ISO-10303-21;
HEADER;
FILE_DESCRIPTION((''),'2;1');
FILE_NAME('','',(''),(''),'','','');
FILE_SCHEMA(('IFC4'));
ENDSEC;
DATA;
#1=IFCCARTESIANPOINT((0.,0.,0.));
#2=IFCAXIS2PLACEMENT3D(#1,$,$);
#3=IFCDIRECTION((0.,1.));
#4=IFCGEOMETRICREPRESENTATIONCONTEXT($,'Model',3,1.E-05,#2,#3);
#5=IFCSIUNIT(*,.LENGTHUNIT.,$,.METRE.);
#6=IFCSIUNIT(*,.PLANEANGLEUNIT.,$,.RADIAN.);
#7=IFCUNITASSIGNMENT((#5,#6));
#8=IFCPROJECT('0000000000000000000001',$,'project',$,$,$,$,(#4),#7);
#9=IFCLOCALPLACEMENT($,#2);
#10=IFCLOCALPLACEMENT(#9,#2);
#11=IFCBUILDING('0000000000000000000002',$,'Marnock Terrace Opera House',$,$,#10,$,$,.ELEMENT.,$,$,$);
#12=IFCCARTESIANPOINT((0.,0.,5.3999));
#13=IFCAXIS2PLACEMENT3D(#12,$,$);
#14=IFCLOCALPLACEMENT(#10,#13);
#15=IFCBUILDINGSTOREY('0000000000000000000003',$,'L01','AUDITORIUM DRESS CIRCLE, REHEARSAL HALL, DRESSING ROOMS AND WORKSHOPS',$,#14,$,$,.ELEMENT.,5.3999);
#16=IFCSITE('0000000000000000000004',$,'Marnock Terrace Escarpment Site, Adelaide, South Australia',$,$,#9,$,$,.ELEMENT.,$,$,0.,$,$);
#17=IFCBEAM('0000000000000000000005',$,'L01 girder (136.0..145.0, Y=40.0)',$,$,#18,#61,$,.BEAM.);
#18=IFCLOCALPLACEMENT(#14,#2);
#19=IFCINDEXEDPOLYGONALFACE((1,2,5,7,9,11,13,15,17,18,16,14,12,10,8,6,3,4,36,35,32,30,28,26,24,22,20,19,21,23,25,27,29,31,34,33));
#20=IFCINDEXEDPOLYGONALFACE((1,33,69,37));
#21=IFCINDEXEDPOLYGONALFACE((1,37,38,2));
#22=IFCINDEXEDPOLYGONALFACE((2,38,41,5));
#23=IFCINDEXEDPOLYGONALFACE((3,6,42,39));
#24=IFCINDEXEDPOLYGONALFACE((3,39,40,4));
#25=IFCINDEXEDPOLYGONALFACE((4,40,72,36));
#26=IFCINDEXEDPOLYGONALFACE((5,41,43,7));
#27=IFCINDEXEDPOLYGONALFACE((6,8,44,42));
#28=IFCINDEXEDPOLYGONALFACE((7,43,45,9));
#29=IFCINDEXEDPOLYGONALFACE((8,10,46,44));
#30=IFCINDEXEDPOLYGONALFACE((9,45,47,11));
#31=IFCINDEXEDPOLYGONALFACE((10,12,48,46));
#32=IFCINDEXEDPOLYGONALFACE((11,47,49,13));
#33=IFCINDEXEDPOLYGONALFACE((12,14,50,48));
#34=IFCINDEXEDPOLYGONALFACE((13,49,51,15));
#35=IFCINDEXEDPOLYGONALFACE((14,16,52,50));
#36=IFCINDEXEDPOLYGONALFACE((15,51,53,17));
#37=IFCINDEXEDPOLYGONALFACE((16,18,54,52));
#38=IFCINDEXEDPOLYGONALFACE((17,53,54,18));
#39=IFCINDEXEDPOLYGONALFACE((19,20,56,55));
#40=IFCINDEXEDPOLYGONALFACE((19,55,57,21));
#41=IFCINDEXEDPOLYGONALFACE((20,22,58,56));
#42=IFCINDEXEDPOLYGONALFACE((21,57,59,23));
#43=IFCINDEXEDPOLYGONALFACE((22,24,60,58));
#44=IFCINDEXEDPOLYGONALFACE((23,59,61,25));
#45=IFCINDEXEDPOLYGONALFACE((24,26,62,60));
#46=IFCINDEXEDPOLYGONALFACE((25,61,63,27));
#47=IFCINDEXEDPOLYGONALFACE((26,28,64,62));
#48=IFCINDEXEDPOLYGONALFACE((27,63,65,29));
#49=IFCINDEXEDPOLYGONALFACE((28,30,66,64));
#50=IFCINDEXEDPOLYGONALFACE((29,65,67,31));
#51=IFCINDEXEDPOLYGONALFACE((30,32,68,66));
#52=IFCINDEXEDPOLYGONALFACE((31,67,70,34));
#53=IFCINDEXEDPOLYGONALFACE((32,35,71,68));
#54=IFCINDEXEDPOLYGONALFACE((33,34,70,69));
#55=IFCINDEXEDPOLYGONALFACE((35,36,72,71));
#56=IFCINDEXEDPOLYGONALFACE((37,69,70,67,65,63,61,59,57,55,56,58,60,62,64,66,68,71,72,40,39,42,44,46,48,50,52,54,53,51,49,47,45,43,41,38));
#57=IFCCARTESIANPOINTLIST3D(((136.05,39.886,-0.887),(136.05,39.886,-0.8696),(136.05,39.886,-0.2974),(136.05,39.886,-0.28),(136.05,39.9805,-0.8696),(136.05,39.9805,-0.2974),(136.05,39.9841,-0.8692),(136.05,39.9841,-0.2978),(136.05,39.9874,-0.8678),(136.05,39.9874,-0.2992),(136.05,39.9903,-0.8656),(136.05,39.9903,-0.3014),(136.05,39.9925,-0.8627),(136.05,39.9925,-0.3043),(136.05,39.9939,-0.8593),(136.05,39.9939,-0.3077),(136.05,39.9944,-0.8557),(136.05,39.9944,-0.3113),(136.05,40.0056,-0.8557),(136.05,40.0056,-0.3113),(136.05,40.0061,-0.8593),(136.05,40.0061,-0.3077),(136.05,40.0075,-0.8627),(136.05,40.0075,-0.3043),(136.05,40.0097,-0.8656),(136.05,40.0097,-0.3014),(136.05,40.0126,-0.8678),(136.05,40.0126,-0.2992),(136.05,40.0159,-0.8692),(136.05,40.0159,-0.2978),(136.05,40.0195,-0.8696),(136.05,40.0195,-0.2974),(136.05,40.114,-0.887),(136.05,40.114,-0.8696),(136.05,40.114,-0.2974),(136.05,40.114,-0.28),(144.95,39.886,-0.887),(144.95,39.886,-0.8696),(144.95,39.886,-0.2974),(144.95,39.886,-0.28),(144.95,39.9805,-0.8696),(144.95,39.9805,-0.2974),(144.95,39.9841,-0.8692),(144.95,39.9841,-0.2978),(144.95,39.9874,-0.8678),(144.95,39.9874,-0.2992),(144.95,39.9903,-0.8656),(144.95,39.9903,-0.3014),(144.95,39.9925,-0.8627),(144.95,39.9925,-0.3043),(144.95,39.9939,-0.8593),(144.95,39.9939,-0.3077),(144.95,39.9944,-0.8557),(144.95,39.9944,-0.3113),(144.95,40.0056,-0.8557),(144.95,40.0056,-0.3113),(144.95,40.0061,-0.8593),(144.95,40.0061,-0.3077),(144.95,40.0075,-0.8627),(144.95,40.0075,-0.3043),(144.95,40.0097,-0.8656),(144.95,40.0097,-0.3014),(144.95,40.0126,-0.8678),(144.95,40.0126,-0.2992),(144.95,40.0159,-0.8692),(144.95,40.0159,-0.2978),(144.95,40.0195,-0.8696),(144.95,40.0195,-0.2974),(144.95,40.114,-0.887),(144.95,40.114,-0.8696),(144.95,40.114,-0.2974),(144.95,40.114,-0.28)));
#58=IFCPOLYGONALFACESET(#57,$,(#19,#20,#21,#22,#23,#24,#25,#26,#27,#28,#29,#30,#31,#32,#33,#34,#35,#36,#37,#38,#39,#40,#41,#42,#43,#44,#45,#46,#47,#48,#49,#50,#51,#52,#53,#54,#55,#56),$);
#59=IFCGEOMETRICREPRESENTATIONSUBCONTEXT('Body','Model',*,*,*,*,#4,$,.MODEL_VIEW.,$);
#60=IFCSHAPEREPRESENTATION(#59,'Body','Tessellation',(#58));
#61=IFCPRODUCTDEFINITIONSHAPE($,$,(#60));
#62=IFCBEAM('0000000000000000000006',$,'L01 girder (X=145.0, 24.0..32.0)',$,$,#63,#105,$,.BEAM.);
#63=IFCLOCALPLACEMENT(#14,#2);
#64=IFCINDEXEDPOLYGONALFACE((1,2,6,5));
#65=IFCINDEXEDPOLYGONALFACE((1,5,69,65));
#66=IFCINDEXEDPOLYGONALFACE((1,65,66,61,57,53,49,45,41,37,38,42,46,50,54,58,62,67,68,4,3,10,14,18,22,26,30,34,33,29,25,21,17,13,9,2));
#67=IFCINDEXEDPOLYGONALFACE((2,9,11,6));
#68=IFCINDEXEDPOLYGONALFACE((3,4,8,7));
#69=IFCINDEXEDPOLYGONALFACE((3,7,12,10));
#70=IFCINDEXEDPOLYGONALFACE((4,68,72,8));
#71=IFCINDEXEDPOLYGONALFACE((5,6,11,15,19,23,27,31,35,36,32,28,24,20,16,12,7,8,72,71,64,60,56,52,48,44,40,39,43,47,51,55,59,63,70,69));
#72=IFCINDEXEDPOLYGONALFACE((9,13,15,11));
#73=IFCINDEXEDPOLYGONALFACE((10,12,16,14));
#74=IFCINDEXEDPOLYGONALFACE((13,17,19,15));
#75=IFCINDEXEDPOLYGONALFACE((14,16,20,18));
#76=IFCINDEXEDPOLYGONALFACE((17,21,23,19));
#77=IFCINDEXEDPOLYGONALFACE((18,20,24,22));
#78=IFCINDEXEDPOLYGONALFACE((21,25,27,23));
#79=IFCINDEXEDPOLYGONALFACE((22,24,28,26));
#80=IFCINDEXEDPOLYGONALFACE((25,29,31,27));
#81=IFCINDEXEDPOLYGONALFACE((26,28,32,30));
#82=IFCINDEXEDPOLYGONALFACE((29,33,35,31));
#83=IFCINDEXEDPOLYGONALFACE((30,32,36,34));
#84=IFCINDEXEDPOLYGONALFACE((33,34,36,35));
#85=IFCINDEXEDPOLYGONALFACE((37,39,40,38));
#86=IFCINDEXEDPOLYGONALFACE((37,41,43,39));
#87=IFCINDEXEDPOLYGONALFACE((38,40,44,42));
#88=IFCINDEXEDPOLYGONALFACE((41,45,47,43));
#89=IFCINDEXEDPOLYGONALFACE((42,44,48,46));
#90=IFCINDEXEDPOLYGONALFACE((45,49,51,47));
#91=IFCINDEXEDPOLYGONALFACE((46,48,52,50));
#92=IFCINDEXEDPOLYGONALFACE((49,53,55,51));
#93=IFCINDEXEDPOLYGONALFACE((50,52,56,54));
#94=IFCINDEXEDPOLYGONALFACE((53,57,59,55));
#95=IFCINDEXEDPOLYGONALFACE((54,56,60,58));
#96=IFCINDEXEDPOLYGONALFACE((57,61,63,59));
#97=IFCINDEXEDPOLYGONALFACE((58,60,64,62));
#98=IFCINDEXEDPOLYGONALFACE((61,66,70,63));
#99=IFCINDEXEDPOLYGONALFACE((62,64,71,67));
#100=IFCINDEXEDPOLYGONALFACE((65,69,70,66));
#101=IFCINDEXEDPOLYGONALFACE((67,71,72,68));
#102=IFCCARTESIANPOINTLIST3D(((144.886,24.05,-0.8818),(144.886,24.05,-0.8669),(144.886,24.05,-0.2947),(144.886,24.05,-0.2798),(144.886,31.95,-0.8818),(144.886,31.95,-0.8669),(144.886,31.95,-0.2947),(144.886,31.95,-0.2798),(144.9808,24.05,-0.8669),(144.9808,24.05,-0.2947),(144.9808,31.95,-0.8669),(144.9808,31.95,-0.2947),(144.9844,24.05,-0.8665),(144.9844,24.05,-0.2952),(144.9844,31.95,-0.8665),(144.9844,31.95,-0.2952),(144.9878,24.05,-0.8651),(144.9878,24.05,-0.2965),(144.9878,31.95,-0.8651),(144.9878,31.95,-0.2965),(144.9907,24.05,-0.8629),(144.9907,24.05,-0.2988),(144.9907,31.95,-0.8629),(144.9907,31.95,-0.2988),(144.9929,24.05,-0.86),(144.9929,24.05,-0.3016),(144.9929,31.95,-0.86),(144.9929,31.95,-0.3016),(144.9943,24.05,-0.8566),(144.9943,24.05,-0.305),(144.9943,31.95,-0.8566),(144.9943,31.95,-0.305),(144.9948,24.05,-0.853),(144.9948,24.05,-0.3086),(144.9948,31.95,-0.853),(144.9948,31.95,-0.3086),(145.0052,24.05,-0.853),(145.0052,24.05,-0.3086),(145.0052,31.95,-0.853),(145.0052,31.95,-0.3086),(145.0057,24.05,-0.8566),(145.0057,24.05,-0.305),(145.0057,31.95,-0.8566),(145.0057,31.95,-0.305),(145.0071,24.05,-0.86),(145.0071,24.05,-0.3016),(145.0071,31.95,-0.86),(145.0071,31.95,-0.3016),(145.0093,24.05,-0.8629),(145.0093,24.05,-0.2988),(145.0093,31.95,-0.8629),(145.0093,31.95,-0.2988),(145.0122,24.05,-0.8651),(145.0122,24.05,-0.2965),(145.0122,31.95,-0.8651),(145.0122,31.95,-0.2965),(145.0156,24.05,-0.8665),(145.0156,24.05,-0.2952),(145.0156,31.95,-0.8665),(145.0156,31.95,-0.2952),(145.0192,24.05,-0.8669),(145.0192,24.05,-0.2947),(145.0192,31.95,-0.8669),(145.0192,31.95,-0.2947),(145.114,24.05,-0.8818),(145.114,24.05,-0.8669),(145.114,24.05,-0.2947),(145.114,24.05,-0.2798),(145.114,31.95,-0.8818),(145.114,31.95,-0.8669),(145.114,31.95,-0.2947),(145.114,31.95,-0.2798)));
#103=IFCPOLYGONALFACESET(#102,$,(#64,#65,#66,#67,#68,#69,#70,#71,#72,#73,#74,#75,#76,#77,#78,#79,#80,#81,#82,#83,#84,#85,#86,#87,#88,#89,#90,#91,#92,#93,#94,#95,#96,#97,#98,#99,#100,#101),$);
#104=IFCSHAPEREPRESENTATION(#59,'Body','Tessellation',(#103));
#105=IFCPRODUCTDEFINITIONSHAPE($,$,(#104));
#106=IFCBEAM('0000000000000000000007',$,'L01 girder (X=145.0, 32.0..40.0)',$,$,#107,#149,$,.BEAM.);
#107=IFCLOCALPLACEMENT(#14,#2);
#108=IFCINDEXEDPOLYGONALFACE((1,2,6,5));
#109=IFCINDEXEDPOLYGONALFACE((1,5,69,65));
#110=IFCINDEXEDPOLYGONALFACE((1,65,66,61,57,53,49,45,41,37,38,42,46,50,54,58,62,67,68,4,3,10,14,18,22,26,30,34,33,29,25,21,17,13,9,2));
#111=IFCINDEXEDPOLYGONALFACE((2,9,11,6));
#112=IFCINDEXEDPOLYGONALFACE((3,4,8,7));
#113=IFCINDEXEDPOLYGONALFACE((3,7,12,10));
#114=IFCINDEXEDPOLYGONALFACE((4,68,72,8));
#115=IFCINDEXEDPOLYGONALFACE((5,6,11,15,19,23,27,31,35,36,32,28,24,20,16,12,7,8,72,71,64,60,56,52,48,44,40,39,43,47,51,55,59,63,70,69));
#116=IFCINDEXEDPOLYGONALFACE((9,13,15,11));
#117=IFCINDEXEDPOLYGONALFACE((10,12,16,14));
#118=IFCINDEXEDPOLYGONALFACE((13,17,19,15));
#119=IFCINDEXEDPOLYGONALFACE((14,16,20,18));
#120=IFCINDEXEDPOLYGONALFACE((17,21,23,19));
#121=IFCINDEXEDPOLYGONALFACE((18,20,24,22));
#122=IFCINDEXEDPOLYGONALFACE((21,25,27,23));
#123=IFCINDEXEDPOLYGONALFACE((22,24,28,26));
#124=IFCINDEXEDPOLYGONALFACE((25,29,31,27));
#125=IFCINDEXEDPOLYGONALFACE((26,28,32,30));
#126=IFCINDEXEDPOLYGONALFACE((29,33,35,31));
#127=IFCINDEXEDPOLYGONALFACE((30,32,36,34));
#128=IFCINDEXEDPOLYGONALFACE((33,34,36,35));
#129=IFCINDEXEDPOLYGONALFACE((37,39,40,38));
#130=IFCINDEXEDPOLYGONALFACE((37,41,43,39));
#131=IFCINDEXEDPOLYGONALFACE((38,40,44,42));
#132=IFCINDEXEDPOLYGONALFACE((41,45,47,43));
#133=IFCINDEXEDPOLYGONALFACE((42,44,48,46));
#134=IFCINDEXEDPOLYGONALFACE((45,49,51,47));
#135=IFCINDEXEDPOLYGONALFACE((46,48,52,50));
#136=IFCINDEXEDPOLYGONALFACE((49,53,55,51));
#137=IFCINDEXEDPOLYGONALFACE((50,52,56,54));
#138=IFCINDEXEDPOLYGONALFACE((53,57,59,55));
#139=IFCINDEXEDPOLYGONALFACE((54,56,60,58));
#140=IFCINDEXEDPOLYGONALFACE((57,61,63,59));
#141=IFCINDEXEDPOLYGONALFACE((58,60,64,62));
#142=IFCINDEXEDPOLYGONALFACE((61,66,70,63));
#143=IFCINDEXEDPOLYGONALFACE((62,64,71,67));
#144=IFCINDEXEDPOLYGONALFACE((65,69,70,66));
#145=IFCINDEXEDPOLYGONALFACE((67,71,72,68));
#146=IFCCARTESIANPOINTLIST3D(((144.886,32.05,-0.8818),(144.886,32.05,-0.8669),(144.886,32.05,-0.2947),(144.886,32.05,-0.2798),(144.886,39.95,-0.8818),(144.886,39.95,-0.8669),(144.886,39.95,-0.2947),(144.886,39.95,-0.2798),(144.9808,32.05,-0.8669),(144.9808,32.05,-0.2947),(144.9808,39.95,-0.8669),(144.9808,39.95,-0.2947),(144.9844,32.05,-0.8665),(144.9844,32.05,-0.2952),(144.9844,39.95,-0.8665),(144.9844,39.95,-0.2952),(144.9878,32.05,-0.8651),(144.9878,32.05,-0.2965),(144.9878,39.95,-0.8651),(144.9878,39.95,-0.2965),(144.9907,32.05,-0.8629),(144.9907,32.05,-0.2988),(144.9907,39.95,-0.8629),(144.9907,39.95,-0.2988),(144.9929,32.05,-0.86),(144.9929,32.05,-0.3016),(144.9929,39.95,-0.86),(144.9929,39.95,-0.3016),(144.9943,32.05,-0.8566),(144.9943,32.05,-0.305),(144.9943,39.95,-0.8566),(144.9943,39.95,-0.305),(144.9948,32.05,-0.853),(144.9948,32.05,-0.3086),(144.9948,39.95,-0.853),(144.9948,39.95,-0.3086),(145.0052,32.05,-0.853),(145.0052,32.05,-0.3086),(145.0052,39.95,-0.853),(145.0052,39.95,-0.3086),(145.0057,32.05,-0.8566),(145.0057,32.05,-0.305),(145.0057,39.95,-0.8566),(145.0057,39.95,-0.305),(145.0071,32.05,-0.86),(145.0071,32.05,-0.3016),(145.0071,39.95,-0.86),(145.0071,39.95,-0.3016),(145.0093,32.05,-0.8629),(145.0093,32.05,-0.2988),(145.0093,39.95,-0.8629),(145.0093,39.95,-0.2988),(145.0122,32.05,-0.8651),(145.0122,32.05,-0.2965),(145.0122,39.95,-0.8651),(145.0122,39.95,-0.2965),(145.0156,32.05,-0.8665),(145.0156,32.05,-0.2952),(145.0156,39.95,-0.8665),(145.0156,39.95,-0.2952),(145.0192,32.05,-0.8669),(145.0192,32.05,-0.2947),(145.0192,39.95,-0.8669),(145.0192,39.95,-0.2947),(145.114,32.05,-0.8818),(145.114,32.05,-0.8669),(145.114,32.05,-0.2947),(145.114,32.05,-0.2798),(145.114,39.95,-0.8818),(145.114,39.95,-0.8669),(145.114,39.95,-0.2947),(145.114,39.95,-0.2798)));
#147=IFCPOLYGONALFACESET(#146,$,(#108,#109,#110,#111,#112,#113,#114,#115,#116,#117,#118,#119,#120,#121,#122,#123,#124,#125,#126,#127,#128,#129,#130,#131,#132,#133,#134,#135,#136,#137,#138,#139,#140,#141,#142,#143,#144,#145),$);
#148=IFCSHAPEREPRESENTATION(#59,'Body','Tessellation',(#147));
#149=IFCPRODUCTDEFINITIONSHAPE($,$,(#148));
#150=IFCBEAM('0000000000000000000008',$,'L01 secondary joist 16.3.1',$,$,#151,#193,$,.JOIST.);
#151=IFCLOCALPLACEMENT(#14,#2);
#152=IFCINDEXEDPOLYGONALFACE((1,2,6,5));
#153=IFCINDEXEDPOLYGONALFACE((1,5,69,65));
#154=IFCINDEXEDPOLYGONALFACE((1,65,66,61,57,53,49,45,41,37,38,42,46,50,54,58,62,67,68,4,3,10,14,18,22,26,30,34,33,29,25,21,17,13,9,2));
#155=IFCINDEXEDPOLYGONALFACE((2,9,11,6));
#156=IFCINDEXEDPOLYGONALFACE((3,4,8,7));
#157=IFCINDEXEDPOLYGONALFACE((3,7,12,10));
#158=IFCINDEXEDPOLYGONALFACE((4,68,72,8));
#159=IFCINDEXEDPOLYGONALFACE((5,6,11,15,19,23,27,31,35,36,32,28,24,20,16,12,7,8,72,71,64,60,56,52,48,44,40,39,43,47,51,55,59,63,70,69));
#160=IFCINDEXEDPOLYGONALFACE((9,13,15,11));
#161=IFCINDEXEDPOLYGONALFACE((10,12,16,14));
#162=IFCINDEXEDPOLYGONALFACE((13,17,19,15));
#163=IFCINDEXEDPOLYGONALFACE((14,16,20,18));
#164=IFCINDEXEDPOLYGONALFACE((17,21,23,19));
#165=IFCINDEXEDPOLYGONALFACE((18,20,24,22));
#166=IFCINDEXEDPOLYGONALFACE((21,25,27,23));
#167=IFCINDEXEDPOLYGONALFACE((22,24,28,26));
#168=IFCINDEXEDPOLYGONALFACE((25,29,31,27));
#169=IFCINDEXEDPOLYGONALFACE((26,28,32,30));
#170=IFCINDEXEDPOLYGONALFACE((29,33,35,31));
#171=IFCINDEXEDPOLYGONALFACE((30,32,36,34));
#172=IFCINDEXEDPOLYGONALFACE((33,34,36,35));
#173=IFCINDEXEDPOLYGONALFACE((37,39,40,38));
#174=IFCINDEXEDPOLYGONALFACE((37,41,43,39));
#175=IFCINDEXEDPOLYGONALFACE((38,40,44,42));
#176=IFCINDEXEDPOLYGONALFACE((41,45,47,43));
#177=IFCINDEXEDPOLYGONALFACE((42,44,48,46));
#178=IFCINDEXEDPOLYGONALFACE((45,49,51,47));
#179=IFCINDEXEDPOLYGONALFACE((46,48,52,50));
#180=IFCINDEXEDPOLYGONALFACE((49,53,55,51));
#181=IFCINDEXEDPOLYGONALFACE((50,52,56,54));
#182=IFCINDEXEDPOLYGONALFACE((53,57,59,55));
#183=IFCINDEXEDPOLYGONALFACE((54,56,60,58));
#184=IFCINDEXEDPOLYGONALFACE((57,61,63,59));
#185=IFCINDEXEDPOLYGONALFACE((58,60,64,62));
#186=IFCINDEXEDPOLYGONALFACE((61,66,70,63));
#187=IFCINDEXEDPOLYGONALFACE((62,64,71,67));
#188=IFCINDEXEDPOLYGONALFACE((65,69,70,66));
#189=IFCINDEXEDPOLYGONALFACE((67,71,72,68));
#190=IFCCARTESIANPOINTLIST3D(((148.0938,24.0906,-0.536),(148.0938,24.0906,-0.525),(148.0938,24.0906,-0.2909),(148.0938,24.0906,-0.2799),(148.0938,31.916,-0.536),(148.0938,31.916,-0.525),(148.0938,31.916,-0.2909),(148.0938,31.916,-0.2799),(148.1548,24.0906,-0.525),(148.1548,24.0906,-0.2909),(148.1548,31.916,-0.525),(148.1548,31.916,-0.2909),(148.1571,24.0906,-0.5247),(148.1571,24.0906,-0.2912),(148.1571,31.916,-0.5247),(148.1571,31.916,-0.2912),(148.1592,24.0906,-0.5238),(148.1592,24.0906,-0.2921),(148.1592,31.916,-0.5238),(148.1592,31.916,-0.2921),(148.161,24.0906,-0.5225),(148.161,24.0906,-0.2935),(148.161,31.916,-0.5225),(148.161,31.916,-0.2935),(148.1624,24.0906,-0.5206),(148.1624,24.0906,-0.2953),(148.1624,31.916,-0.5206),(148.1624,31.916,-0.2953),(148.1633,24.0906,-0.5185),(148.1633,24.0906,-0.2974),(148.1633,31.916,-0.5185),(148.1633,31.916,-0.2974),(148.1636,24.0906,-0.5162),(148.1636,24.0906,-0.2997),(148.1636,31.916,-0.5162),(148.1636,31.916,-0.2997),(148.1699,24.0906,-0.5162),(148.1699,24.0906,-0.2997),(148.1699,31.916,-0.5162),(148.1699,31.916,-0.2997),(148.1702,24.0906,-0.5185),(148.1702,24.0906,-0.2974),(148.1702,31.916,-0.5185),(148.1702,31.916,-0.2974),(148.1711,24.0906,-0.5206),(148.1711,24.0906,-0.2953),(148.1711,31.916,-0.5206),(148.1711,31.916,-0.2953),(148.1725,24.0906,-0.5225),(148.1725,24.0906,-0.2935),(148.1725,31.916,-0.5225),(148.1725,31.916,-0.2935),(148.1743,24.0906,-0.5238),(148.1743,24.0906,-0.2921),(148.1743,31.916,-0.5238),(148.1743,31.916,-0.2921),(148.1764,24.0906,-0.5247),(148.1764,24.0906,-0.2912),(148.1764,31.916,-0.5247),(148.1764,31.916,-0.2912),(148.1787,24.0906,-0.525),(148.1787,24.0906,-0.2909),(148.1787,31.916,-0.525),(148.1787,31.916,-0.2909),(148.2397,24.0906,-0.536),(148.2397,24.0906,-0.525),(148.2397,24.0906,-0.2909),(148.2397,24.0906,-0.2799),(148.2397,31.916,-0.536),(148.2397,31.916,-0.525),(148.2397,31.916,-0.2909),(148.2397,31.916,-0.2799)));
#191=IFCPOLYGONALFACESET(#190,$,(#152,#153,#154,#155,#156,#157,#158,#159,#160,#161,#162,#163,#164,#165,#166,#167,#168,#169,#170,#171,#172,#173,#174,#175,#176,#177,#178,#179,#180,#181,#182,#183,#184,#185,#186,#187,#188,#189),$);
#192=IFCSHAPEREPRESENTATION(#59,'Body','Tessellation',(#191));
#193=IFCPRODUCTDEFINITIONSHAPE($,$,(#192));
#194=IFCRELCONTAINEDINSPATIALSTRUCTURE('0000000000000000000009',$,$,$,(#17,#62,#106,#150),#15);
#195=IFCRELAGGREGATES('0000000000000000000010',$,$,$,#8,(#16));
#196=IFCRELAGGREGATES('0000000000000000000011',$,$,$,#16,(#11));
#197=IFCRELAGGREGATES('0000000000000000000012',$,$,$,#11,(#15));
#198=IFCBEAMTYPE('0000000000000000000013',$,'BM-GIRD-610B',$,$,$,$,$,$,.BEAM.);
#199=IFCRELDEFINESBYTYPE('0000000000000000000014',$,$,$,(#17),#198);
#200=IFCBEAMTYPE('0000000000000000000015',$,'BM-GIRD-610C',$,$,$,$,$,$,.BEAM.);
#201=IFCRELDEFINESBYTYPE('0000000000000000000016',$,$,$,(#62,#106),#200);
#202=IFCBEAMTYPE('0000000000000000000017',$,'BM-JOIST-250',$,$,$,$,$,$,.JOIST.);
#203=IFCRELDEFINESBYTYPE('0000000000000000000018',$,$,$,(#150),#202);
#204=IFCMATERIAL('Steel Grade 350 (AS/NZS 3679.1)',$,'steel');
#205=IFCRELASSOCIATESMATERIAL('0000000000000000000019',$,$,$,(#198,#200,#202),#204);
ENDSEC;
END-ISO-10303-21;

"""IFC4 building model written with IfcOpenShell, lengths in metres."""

from ifc_helpers import new_model, si_unit, direction, frame, origin, origin_2d, place, context, subcontext, project, spatial, i_section, extrude, material, material_profile, profile_set, type_object, element, save


model = new_model("IFC4")

# Units and contexts
model_context = context("Model", 3, precision=1e-05, world=origin(), true_north=direction((0.0, 1.0)))
body_context = subcontext(model_context, "Body", "Model", "MODEL_VIEW")
ifc_project = project(units=[si_unit("LENGTHUNIT", "METRE"), si_unit("PLANEANGLEUNIT", "RADIAN")], contexts=[model_context])

# Site, building, storey
site_placement = place(None, origin())
site = spatial("IfcSite", under=ifc_project, at=site_placement, Name="Marnock Terrace Escarpment Site, Adelaide, South Australia", CompositionType="ELEMENT", RefElevation=0.0)
building_placement = place(site_placement, origin())
building = spatial("IfcBuilding", under=site, at=building_placement, Name="Marnock Terrace Opera House", CompositionType="ELEMENT")
storey_placement = place(building_placement, frame((0.0, 0.0, 5.3999)))
storey = spatial("IfcBuildingStorey", under=building, at=storey_placement, Name="L01", Description="AUDITORIUM DRESS CIRCLE, REHEARSAL HALL, DRESSING ROOMS AND WORKSHOPS", CompositionType="ELEMENT", Elevation=5.3999)

# Shared definitions
ifc_material_1 = material(Name="Steel Grade 350 (AS/NZS 3679.1)", Category="steel")

# Beams
ifc_material_profile_1 = material_profile(ifc_material_1, i_section(OverallWidth=0.228, OverallDepth=0.6069, WebThickness=0.0112, FlangeThickness=0.0173, FilletRadius=0.0139, at=origin_2d()))
ifc_profile_set_1 = profile_set([ifc_material_profile_1], Name="Steel Grade 350 (AS/NZS 3679.1)")
beam_type_1 = type_object("IfcBeamType", Name="BM-GIRD-610B", PredefinedType="BEAM", material=ifc_profile_set_1)
beam_1_placement = place(storey_placement, frame((136.05, 40.0, -0.5835), z_axis=(1.0, 0.0, 0.0), x_axis=(0.0, 1.0, 0.0)))
element("IfcBeam", 1, at=beam_1_placement, inside=storey, type_object=beam_type_1, Name="L01 girder (136.0..145.0, Y=40.0)", PredefinedType="BEAM", context=body_context, shape_type="SweptSolid", body=[
    extrude(i_section(OverallWidth=0.228, OverallDepth=0.6069, WebThickness=0.0112, FlangeThickness=0.0173, FilletRadius=0.0139, at=origin_2d()), origin(), (0.0, 0.0, 1.0), 8.8999),
])
ifc_material_profile_2 = material_profile(ifc_material_1, i_section(OverallWidth=0.228, OverallDepth=0.6021, WebThickness=0.0105, FlangeThickness=0.0149, FilletRadius=0.0139, at=origin_2d()))
ifc_profile_set_2 = profile_set([ifc_material_profile_2], Name="Steel Grade 350 (AS/NZS 3679.1)")
beam_type_2 = type_object("IfcBeamType", Name="BM-GIRD-610C", PredefinedType="BEAM", material=ifc_profile_set_2)
for number, where, z_axis, x_axis, name in (
    (2, (145.0, 24.05, -0.5808), (0.0, 1.0, 0.0), (-1.0, 0.0, 0.0), "L01 girder (X=145.0, 24.0..32.0)"),
    (3, (145.0, 32.05, -0.5808), (0.0, 1.0, 0.0), (-1.0, 0.0, 0.0), "L01 girder (X=145.0, 32.0..40.0)"),
):
    element("IfcBeam", number, at=place(storey_placement, frame(where, z_axis=z_axis, x_axis=x_axis)), inside=storey, type_object=beam_type_2, Name=name, PredefinedType="BEAM", context=body_context, shape_type="SweptSolid", body=[
        extrude(i_section(OverallWidth=0.228, OverallDepth=0.6021, WebThickness=0.0105, FlangeThickness=0.0149, FilletRadius=0.0139, at=origin_2d()), origin(), (0.0, 0.0, 1.0), 7.8999),
    ])
ifc_material_profile_3 = material_profile(ifc_material_1, i_section(OverallWidth=0.146, OverallDepth=0.2561, WebThickness=0.0063, FlangeThickness=0.011, FilletRadius=0.0088, at=origin_2d()))
ifc_profile_set_3 = profile_set([ifc_material_profile_3], Name="Steel Grade 350 (AS/NZS 3679.1)")
beam_type_3 = type_object("IfcBeamType", Name="BM-JOIST-250", PredefinedType="JOIST", material=ifc_profile_set_3)
beam_2_placement = place(storey_placement, frame((148.1667, 24.0906, -0.408), z_axis=(0.0, 1.0, 0.0), x_axis=(-1.0, 0.0, 0.0)))
element("IfcBeam", 4, at=beam_2_placement, inside=storey, type_object=beam_type_3, Name="L01 secondary joist 16.3.1", PredefinedType="JOIST", context=body_context, shape_type="SweptSolid", body=[
    extrude(i_section(OverallWidth=0.146, OverallDepth=0.2561, WebThickness=0.0063, FlangeThickness=0.011, FilletRadius=0.0088, at=origin_2d()), origin(), (0.0, 0.0, 1.0), 7.8254),
])

save(model, "model.ifc")
